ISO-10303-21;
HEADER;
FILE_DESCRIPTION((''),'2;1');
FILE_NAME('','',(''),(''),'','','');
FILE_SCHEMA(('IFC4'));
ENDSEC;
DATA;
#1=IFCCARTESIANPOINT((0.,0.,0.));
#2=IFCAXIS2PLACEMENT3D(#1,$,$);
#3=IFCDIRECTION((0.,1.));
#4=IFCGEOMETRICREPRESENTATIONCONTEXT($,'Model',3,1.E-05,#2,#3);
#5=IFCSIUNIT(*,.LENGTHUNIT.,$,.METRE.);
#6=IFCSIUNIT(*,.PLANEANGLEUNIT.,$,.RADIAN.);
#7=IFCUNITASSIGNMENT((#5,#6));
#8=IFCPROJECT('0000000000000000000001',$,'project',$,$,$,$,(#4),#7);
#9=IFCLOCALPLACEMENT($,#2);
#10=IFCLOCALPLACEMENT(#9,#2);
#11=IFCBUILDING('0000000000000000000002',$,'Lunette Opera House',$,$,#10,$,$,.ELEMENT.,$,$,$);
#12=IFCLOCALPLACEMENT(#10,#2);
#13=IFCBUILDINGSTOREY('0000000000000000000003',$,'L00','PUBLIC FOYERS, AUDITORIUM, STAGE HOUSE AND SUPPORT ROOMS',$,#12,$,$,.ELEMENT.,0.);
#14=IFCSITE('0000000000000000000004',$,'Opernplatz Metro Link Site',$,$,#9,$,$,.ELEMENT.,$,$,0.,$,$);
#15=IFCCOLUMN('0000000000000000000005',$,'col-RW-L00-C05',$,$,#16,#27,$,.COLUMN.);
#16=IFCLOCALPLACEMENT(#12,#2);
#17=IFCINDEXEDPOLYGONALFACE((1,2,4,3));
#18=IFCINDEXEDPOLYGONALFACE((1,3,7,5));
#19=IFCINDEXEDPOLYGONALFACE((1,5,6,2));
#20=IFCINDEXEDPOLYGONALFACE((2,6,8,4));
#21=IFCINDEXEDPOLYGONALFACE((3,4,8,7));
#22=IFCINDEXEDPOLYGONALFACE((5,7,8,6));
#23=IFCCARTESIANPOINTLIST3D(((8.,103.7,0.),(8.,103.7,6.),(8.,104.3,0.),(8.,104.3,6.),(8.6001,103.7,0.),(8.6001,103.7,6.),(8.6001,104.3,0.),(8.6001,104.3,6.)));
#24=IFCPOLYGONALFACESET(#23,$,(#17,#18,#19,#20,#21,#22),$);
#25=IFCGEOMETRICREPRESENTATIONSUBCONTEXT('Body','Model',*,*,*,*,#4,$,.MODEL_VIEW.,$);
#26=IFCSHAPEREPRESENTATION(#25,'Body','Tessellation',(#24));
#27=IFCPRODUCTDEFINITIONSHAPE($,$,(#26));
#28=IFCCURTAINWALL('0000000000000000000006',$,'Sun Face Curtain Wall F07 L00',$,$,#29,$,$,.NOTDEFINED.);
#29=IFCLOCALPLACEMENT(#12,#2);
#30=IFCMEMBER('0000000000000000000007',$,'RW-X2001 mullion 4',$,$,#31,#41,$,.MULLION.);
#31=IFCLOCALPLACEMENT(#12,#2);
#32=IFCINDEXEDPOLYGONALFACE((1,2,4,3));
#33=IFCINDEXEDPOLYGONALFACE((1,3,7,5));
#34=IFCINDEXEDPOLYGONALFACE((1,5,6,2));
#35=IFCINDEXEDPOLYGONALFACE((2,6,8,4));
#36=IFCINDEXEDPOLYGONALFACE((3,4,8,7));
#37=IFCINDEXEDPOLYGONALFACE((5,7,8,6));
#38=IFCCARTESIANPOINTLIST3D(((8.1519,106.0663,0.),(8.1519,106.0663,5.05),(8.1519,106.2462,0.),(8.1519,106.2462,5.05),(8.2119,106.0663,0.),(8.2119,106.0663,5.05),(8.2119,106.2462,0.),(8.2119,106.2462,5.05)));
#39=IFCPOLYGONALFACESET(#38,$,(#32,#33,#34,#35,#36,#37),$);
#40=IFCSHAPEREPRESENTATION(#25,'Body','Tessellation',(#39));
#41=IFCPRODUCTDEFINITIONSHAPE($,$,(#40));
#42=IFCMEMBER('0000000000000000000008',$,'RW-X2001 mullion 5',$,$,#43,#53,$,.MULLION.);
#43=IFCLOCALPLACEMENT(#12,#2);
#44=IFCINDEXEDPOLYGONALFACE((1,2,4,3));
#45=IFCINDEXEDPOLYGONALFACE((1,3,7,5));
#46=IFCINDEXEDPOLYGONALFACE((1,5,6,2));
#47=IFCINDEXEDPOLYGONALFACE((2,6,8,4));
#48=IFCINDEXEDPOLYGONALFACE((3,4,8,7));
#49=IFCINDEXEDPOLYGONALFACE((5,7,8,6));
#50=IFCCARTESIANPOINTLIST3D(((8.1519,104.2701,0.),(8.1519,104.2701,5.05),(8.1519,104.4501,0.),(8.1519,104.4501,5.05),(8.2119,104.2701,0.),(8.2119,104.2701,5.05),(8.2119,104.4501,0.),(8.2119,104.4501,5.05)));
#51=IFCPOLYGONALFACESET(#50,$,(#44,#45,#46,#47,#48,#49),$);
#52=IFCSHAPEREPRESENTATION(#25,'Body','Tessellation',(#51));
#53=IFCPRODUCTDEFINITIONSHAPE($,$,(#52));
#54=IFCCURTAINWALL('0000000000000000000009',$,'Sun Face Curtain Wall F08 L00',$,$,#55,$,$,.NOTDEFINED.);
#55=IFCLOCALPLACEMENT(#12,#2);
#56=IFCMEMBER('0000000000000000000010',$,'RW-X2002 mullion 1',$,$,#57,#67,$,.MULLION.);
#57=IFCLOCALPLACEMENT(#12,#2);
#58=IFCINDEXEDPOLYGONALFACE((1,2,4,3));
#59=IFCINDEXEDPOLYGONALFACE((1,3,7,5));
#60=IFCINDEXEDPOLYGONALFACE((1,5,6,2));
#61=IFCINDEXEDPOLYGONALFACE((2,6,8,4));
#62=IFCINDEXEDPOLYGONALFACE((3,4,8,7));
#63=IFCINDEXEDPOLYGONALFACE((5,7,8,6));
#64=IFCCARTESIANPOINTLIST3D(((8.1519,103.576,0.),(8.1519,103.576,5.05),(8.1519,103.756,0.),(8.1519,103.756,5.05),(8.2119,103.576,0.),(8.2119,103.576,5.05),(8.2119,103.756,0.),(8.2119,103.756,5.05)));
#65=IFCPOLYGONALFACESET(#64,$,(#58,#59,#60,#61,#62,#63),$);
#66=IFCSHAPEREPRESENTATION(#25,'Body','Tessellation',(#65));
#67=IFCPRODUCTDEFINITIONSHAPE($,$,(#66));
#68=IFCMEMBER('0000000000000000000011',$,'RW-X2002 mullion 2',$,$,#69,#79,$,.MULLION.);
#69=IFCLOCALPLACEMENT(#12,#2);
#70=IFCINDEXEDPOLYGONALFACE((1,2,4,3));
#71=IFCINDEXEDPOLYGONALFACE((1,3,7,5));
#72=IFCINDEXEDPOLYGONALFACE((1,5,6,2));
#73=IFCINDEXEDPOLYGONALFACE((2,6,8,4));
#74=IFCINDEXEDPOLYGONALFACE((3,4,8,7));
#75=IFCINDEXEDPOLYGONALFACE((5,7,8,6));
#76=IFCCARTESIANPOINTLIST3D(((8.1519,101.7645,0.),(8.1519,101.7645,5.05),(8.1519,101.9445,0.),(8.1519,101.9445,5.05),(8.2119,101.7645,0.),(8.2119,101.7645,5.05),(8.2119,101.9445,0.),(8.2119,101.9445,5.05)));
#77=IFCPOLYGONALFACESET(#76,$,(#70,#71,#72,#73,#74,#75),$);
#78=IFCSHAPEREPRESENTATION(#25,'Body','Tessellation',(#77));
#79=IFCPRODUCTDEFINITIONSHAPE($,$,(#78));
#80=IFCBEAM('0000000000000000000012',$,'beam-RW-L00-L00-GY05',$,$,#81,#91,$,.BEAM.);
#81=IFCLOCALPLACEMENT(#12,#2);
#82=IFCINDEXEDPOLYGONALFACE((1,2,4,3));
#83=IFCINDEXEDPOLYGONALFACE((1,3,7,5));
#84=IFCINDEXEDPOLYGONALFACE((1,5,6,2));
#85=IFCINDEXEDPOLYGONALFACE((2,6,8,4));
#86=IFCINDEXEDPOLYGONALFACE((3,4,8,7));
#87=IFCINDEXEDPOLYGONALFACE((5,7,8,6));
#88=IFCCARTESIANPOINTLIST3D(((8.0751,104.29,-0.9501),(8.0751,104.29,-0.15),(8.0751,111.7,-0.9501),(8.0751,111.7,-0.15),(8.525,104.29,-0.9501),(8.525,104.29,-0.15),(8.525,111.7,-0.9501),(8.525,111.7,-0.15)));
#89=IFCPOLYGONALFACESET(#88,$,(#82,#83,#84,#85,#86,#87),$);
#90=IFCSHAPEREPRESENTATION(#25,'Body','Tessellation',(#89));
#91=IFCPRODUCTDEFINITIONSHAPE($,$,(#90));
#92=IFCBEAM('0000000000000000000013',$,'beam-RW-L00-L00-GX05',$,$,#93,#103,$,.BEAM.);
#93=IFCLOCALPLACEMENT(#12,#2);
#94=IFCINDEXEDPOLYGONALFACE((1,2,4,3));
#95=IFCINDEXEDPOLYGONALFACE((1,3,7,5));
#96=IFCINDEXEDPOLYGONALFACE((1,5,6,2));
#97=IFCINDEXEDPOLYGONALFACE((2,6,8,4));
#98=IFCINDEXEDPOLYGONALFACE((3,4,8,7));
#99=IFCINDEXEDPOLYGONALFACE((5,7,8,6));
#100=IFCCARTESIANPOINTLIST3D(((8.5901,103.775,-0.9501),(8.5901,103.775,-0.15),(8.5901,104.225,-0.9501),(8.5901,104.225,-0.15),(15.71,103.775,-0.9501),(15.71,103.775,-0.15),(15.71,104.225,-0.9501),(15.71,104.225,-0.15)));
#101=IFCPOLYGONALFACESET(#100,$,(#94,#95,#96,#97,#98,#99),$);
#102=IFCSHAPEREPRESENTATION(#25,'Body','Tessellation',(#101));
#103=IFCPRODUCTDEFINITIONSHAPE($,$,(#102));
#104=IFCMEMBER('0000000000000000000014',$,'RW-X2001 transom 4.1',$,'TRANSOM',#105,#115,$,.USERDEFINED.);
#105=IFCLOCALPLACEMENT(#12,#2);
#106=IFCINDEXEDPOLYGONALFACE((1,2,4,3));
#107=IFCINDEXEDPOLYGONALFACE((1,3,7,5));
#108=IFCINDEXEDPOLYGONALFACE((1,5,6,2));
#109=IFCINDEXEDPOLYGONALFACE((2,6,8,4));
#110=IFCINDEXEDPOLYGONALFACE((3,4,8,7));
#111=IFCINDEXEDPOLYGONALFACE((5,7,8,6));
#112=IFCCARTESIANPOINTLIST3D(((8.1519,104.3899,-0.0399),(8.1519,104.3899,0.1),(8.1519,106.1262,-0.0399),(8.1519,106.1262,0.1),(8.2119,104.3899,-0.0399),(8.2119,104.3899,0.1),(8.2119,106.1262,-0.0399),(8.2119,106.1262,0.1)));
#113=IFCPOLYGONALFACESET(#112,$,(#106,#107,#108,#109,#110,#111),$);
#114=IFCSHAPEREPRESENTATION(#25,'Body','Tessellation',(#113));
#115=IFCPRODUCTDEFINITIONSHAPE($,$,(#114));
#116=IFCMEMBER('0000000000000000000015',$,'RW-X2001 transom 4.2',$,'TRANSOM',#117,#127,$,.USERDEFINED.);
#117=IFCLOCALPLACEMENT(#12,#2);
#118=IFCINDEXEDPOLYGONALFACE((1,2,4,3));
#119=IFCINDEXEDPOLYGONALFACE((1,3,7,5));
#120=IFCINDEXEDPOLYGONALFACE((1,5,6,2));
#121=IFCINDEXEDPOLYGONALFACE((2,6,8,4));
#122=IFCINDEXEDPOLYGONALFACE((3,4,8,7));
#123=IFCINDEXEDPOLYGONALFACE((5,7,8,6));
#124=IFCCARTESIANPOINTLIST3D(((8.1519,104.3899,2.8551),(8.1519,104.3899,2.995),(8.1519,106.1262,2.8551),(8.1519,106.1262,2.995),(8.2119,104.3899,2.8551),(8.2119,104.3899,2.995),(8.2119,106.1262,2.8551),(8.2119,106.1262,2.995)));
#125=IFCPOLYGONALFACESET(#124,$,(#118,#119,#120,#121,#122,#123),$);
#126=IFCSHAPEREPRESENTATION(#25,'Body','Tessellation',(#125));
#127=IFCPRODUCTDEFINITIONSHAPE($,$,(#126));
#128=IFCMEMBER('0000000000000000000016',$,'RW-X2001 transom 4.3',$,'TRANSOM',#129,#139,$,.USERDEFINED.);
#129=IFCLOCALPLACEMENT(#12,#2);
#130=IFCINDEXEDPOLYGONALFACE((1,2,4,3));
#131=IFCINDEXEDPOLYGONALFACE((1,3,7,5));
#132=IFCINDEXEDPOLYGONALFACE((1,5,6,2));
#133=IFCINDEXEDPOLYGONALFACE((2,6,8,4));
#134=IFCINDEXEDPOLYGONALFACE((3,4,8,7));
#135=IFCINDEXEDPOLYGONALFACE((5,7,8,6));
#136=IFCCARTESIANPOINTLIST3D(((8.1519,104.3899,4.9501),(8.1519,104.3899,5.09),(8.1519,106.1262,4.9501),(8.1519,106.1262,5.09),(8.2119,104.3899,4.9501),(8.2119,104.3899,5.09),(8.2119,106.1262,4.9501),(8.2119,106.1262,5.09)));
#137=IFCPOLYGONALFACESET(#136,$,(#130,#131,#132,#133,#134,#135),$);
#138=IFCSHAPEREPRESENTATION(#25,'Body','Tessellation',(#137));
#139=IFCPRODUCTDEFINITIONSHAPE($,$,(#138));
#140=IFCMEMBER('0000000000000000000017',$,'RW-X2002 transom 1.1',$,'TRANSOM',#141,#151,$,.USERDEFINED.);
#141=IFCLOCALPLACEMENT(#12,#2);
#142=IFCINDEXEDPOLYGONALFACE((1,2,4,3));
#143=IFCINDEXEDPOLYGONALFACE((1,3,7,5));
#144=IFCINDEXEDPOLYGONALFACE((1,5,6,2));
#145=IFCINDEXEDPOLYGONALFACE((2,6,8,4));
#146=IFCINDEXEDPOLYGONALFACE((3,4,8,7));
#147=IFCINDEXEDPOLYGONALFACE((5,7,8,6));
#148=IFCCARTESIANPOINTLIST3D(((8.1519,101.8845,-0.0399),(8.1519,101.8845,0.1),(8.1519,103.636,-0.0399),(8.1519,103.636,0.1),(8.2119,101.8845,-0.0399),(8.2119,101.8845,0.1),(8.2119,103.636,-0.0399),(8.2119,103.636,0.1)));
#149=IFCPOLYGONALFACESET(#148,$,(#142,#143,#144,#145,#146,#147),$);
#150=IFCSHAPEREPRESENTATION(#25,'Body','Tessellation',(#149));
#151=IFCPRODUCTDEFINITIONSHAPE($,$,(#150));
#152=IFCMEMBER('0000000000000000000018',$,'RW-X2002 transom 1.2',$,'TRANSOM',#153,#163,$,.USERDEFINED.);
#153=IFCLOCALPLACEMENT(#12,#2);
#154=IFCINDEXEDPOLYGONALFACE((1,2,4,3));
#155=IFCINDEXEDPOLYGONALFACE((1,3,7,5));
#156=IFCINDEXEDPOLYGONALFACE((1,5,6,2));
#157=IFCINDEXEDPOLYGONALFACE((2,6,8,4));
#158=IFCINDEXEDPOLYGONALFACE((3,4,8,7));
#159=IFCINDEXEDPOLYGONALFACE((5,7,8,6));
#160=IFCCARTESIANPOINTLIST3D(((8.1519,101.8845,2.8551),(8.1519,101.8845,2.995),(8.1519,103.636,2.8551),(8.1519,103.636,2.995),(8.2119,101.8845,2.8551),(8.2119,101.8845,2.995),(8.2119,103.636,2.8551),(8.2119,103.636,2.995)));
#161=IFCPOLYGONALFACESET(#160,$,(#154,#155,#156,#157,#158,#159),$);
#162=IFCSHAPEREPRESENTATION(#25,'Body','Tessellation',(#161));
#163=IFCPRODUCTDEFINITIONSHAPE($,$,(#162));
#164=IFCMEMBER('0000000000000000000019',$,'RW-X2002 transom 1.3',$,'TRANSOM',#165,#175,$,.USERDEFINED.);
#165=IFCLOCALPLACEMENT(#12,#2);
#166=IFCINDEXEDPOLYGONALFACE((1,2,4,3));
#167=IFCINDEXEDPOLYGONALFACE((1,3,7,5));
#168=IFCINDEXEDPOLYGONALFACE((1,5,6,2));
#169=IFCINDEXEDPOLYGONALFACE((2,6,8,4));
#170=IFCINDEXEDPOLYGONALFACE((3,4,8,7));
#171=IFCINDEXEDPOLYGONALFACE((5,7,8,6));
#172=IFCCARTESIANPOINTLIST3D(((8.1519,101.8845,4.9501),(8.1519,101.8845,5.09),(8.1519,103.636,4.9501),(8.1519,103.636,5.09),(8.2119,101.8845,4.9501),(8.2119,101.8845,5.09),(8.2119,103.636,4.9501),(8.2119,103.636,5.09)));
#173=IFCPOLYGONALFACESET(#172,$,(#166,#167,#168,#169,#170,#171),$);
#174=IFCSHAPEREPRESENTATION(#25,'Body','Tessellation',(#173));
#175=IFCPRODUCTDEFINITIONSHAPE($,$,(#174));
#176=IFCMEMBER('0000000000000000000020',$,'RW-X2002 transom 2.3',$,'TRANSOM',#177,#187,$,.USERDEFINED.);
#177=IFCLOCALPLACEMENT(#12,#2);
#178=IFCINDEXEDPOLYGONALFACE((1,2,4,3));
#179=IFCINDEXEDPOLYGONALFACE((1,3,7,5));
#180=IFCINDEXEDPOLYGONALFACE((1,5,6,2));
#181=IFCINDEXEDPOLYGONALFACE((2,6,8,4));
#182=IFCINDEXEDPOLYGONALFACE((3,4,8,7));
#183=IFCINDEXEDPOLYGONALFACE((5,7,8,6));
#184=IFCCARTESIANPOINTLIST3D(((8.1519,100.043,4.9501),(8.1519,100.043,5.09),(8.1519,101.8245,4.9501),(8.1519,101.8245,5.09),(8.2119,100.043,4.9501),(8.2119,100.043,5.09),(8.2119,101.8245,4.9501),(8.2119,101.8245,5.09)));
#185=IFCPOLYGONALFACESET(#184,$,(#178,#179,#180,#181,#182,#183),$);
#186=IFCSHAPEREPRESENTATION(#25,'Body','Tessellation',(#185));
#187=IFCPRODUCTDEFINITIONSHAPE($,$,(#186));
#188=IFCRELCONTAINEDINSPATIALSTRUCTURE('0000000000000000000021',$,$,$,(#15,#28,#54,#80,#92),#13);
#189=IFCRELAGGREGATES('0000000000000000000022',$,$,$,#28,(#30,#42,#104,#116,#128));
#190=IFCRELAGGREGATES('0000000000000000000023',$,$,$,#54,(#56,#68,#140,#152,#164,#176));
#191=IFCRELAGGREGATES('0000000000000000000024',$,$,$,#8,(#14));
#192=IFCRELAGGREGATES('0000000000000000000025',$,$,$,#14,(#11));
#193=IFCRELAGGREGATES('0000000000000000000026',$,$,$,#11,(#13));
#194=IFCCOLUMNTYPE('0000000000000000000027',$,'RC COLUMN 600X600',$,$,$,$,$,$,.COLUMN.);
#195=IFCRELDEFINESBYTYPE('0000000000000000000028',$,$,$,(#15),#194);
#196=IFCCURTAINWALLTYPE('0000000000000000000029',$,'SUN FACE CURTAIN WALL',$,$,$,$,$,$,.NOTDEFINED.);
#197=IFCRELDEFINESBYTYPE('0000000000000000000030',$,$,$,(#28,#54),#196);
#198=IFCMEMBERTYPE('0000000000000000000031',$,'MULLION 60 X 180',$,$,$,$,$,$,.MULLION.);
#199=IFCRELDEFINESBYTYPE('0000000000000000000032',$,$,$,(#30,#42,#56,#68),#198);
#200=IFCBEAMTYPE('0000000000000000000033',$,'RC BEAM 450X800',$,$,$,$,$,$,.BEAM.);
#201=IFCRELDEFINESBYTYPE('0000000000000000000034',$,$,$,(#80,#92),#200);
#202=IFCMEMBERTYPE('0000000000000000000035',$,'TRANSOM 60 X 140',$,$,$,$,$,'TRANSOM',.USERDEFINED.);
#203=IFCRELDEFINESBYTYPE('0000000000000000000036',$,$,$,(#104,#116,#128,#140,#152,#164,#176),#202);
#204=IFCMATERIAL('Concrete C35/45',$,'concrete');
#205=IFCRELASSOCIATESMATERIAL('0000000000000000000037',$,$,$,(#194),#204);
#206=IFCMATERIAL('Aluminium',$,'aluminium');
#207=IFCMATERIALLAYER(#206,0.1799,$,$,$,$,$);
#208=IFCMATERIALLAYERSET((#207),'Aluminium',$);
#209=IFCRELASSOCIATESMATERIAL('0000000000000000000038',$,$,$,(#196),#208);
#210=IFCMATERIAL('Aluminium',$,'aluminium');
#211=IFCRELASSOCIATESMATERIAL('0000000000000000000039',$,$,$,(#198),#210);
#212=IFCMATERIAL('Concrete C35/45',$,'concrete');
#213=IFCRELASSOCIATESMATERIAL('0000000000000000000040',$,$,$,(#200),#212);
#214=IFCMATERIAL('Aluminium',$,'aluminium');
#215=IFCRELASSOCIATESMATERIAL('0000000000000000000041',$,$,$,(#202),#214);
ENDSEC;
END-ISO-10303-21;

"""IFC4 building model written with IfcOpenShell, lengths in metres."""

from ifc_helpers import new_model, si_unit, direction, frame, origin, origin_2d, place, context, subcontext, project, spatial, rectangle, extrude, material, layer, layer_set, material_profile, profile_set, type_object, element, aggregate, save


model = new_model("IFC4")

# Units and contexts
model_context = context("Model", 3, precision=1e-05, world=origin(), true_north=direction((0.0, 1.0)))
body_context = subcontext(model_context, "Body", "Model", "MODEL_VIEW")
ifc_project = project(units=[si_unit("LENGTHUNIT", "METRE"), si_unit("PLANEANGLEUNIT", "RADIAN")], contexts=[model_context])

# Site, building, storey
site_placement = place(None, origin())
site = spatial("IfcSite", under=ifc_project, at=site_placement, Name="Opernplatz Metro Link Site", CompositionType="ELEMENT", RefElevation=0.0)
building_placement = place(site_placement, origin())
building = spatial("IfcBuilding", under=site, at=building_placement, Name="Lunette Opera House", CompositionType="ELEMENT")
storey_placement = place(building_placement, origin())
storey = spatial("IfcBuildingStorey", under=building, at=storey_placement, Name="L00", Description="PUBLIC FOYERS, AUDITORIUM, STAGE HOUSE AND SUPPORT ROOMS", CompositionType="ELEMENT", Elevation=0.0)

# Column
ifc_material_1 = material(Name="Concrete C35/45", Category="concrete")
ifc_material_profile_1 = material_profile(ifc_material_1, rectangle(XDim=0.6001, YDim=0.6001, at=origin_2d()), Name="RC COLUMN 600X600")
ifc_profile_set_1 = profile_set([ifc_material_profile_1], Name="Concrete C35/45")
column_type = type_object("IfcColumnType", Name="RC COLUMN 600X600", PredefinedType="COLUMN", material=ifc_profile_set_1)
column_placement = place(storey_placement, frame((8.3, 104.0, 0.0), z_axis=(0.0, 0.0, 1.0), x_axis=(1.0, 0.0, 0.0)))
element("IfcColumn", 1, at=column_placement, inside=storey, type_object=column_type, Name="col-RW-L00-C05", PredefinedType="COLUMN", context=body_context, shape_type="SweptSolid", body=[
    extrude(rectangle(XDim=0.6001, YDim=0.6001, at=origin_2d()), origin(), (0.0, 0.0, 1.0), 6.0),
])

# Curtain walls, members
ifc_material_2 = material(Name="Aluminium", Category="aluminium")
ifc_layer_1 = layer(ifc_material_2, 0.1799)
ifc_layer_set_1 = layer_set([ifc_layer_1], Name="Aluminium")
curtain_wall_type = type_object("IfcCurtainWallType", Name="SUN FACE CURTAIN WALL", PredefinedType="NOTDEFINED", material=ifc_layer_set_1)
curtain_wall_1_placement = place(storey_placement, origin())
curtain_wall_1 = element("IfcCurtainWall", 2, at=curtain_wall_1_placement, inside=storey, type_object=curtain_wall_type, Name="Sun Face Curtain Wall F07 L00", PredefinedType="NOTDEFINED")
ifc_material_3 = material(Name="Aluminium", Category="aluminium")
ifc_material_profile_2 = material_profile(ifc_material_3, rectangle(XDim=0.0601, YDim=0.1799, at=origin_2d()), Name="MULLION 60 X 180")
ifc_profile_set_2 = profile_set([ifc_material_profile_2], Name="Aluminium")
member_type_1 = type_object("IfcMemberType", Name="MULLION 60 X 180", PredefinedType="MULLION", material=ifc_profile_set_2)
member_1_placement = place(storey_placement, frame((8.1819, 106.1562, 0.0), z_axis=(0.0, 0.0, 1.0), x_axis=(1.0, 0.0, 0.0)))
member_1 = element("IfcMember", 3, at=member_1_placement, type_object=member_type_1, Name="RW-X2001 mullion 4", PredefinedType="MULLION", context=body_context, shape_type="SweptSolid", body=[
    extrude(rectangle(XDim=0.0601, YDim=0.1799, at=origin_2d()), origin(), (0.0, 0.0, 1.0), 5.05),
])
member_2_placement = place(storey_placement, frame((8.1819, 104.3601, 0.0), z_axis=(0.0, 0.0, 1.0), x_axis=(1.0, 0.0, 0.0)))
member_2 = element("IfcMember", 4, at=member_2_placement, type_object=member_type_1, Name="RW-X2001 mullion 5", PredefinedType="MULLION", context=body_context, shape_type="SweptSolid", body=[
    extrude(rectangle(XDim=0.0601, YDim=0.1799, at=origin_2d()), origin(), (0.0, 0.0, 1.0), 5.05),
])
curtain_wall_2_placement = place(storey_placement, origin())
curtain_wall_2 = element("IfcCurtainWall", 5, at=curtain_wall_2_placement, inside=storey, type_object=curtain_wall_type, Name="Sun Face Curtain Wall F08 L00", PredefinedType="NOTDEFINED")
member_3_placement = place(storey_placement, frame((8.1819, 103.666, 0.0), z_axis=(0.0, 0.0, 1.0), x_axis=(1.0, 0.0, 0.0)))
member_3 = element("IfcMember", 6, at=member_3_placement, type_object=member_type_1, Name="RW-X2002 mullion 1", PredefinedType="MULLION", context=body_context, shape_type="SweptSolid", body=[
    extrude(rectangle(XDim=0.0601, YDim=0.1799, at=origin_2d()), origin(), (0.0, 0.0, 1.0), 5.05),
])
member_4_placement = place(storey_placement, frame((8.1819, 101.8545, 0.0), z_axis=(0.0, 0.0, 1.0), x_axis=(1.0, 0.0, 0.0)))
member_4 = element("IfcMember", 7, at=member_4_placement, type_object=member_type_1, Name="RW-X2002 mullion 2", PredefinedType="MULLION", context=body_context, shape_type="SweptSolid", body=[
    extrude(rectangle(XDim=0.0601, YDim=0.1799, at=origin_2d()), origin(), (0.0, 0.0, 1.0), 5.05),
])

# Beams
ifc_material_4 = material(Name="Concrete C35/45", Category="concrete")
ifc_material_profile_3 = material_profile(ifc_material_4, rectangle(XDim=0.45, YDim=0.8, at=origin_2d()), Name="RC BEAM 450X800")
ifc_profile_set_3 = profile_set([ifc_material_profile_3], Name="Concrete C35/45")
beam_type = type_object("IfcBeamType", Name="RC BEAM 450X800", PredefinedType="BEAM", material=ifc_profile_set_3)
beam_1_placement = place(storey_placement, frame((8.3, 104.29, -0.55), z_axis=(0.0, 1.0, 0.0), x_axis=(-1.0, 0.0, 0.0)))
element("IfcBeam", 8, at=beam_1_placement, inside=storey, type_object=beam_type, Name="beam-RW-L00-L00-GY05", PredefinedType="BEAM", context=body_context, shape_type="SweptSolid", body=[
    extrude(rectangle(XDim=0.45, YDim=0.8, at=origin_2d()), origin(), (0.0, 0.0, 1.0), 7.4099),
])
beam_2_placement = place(storey_placement, frame((8.5901, 104.0, -0.55), z_axis=(1.0, 0.0, 0.0), x_axis=(0.0, 1.0, 0.0)))
element("IfcBeam", 9, at=beam_2_placement, inside=storey, type_object=beam_type, Name="beam-RW-L00-L00-GX05", PredefinedType="BEAM", context=body_context, shape_type="SweptSolid", body=[
    extrude(rectangle(XDim=0.45, YDim=0.8, at=origin_2d()), origin(), (0.0, 0.0, 1.0), 7.1199),
])

# Members
ifc_material_5 = material(Name="Aluminium", Category="aluminium")
ifc_material_profile_4 = material_profile(ifc_material_5, rectangle(XDim=0.0601, YDim=0.1399, at=origin_2d()), Name="TRANSOM 60 X 140")
ifc_profile_set_4 = profile_set([ifc_material_profile_4], Name="Aluminium")
member_type_2 = type_object("IfcMemberType", Name="TRANSOM 60 X 140", ElementType="TRANSOM", PredefinedType="USERDEFINED", material=ifc_profile_set_4)
member_5_placement = place(storey_placement, frame((8.1819, 106.1262, 0.03), z_axis=(0.0, -1.0, 0.0), x_axis=(1.0, 0.0, 0.0)))
member_5 = element("IfcMember", 10, at=member_5_placement, type_object=member_type_2, Name="RW-X2001 transom 4.1", ObjectType="TRANSOM", PredefinedType="USERDEFINED", context=body_context, shape_type="SweptSolid", body=[
    extrude(rectangle(XDim=0.0601, YDim=0.1399, at=origin_2d()), origin(), (0.0, 0.0, 1.0), 1.7363),
])
member_6_placement = place(storey_placement, frame((8.1819, 106.1262, 2.925), z_axis=(0.0, -1.0, 0.0), x_axis=(1.0, 0.0, 0.0)))
member_6 = element("IfcMember", 11, at=member_6_placement, type_object=member_type_2, Name="RW-X2001 transom 4.2", ObjectType="TRANSOM", PredefinedType="USERDEFINED", context=body_context, shape_type="SweptSolid", body=[
    extrude(rectangle(XDim=0.0601, YDim=0.1399, at=origin_2d()), origin(), (0.0, 0.0, 1.0), 1.7363),
])
member_7_placement = place(storey_placement, frame((8.1819, 106.1262, 5.02), z_axis=(0.0, -1.0, 0.0), x_axis=(1.0, 0.0, 0.0)))
member_7 = element("IfcMember", 12, at=member_7_placement, type_object=member_type_2, Name="RW-X2001 transom 4.3", ObjectType="TRANSOM", PredefinedType="USERDEFINED", context=body_context, shape_type="SweptSolid", body=[
    extrude(rectangle(XDim=0.0601, YDim=0.1399, at=origin_2d()), origin(), (0.0, 0.0, 1.0), 1.7363),
])
member_8_placement = place(storey_placement, frame((8.1819, 103.636, 0.03), z_axis=(0.0, -1.0, 0.0), x_axis=(1.0, 0.0, 0.0)))
member_8 = element("IfcMember", 13, at=member_8_placement, type_object=member_type_2, Name="RW-X2002 transom 1.1", ObjectType="TRANSOM", PredefinedType="USERDEFINED", context=body_context, shape_type="SweptSolid", body=[
    extrude(rectangle(XDim=0.0601, YDim=0.1399, at=origin_2d()), origin(), (0.0, 0.0, 1.0), 1.7515),
])
member_9_placement = place(storey_placement, frame((8.1819, 103.636, 2.925), z_axis=(0.0, -1.0, 0.0), x_axis=(1.0, 0.0, 0.0)))
member_9 = element("IfcMember", 14, at=member_9_placement, type_object=member_type_2, Name="RW-X2002 transom 1.2", ObjectType="TRANSOM", PredefinedType="USERDEFINED", context=body_context, shape_type="SweptSolid", body=[
    extrude(rectangle(XDim=0.0601, YDim=0.1399, at=origin_2d()), origin(), (0.0, 0.0, 1.0), 1.7515),
])
member_10_placement = place(storey_placement, frame((8.1819, 103.636, 5.02), z_axis=(0.0, -1.0, 0.0), x_axis=(1.0, 0.0, 0.0)))
member_10 = element("IfcMember", 15, at=member_10_placement, type_object=member_type_2, Name="RW-X2002 transom 1.3", ObjectType="TRANSOM", PredefinedType="USERDEFINED", context=body_context, shape_type="SweptSolid", body=[
    extrude(rectangle(XDim=0.0601, YDim=0.1399, at=origin_2d()), origin(), (0.0, 0.0, 1.0), 1.7515),
])
member_11_placement = place(storey_placement, frame((8.1819, 101.8245, 5.02), z_axis=(0.0, -1.0, 0.0), x_axis=(1.0, 0.0, 0.0)))
member_11 = element("IfcMember", 16, at=member_11_placement, type_object=member_type_2, Name="RW-X2002 transom 2.3", ObjectType="TRANSOM", PredefinedType="USERDEFINED", context=body_context, shape_type="SweptSolid", body=[
    extrude(rectangle(XDim=0.0601, YDim=0.1399, at=origin_2d()), origin(), (0.0, 0.0, 1.0), 1.7815),
])

aggregate(curtain_wall_1, [member_1, member_2, member_5, member_6, member_7])
aggregate(curtain_wall_2, [member_3, member_4, member_8, member_9, member_10, member_11])

save(model, "model.ifc")
